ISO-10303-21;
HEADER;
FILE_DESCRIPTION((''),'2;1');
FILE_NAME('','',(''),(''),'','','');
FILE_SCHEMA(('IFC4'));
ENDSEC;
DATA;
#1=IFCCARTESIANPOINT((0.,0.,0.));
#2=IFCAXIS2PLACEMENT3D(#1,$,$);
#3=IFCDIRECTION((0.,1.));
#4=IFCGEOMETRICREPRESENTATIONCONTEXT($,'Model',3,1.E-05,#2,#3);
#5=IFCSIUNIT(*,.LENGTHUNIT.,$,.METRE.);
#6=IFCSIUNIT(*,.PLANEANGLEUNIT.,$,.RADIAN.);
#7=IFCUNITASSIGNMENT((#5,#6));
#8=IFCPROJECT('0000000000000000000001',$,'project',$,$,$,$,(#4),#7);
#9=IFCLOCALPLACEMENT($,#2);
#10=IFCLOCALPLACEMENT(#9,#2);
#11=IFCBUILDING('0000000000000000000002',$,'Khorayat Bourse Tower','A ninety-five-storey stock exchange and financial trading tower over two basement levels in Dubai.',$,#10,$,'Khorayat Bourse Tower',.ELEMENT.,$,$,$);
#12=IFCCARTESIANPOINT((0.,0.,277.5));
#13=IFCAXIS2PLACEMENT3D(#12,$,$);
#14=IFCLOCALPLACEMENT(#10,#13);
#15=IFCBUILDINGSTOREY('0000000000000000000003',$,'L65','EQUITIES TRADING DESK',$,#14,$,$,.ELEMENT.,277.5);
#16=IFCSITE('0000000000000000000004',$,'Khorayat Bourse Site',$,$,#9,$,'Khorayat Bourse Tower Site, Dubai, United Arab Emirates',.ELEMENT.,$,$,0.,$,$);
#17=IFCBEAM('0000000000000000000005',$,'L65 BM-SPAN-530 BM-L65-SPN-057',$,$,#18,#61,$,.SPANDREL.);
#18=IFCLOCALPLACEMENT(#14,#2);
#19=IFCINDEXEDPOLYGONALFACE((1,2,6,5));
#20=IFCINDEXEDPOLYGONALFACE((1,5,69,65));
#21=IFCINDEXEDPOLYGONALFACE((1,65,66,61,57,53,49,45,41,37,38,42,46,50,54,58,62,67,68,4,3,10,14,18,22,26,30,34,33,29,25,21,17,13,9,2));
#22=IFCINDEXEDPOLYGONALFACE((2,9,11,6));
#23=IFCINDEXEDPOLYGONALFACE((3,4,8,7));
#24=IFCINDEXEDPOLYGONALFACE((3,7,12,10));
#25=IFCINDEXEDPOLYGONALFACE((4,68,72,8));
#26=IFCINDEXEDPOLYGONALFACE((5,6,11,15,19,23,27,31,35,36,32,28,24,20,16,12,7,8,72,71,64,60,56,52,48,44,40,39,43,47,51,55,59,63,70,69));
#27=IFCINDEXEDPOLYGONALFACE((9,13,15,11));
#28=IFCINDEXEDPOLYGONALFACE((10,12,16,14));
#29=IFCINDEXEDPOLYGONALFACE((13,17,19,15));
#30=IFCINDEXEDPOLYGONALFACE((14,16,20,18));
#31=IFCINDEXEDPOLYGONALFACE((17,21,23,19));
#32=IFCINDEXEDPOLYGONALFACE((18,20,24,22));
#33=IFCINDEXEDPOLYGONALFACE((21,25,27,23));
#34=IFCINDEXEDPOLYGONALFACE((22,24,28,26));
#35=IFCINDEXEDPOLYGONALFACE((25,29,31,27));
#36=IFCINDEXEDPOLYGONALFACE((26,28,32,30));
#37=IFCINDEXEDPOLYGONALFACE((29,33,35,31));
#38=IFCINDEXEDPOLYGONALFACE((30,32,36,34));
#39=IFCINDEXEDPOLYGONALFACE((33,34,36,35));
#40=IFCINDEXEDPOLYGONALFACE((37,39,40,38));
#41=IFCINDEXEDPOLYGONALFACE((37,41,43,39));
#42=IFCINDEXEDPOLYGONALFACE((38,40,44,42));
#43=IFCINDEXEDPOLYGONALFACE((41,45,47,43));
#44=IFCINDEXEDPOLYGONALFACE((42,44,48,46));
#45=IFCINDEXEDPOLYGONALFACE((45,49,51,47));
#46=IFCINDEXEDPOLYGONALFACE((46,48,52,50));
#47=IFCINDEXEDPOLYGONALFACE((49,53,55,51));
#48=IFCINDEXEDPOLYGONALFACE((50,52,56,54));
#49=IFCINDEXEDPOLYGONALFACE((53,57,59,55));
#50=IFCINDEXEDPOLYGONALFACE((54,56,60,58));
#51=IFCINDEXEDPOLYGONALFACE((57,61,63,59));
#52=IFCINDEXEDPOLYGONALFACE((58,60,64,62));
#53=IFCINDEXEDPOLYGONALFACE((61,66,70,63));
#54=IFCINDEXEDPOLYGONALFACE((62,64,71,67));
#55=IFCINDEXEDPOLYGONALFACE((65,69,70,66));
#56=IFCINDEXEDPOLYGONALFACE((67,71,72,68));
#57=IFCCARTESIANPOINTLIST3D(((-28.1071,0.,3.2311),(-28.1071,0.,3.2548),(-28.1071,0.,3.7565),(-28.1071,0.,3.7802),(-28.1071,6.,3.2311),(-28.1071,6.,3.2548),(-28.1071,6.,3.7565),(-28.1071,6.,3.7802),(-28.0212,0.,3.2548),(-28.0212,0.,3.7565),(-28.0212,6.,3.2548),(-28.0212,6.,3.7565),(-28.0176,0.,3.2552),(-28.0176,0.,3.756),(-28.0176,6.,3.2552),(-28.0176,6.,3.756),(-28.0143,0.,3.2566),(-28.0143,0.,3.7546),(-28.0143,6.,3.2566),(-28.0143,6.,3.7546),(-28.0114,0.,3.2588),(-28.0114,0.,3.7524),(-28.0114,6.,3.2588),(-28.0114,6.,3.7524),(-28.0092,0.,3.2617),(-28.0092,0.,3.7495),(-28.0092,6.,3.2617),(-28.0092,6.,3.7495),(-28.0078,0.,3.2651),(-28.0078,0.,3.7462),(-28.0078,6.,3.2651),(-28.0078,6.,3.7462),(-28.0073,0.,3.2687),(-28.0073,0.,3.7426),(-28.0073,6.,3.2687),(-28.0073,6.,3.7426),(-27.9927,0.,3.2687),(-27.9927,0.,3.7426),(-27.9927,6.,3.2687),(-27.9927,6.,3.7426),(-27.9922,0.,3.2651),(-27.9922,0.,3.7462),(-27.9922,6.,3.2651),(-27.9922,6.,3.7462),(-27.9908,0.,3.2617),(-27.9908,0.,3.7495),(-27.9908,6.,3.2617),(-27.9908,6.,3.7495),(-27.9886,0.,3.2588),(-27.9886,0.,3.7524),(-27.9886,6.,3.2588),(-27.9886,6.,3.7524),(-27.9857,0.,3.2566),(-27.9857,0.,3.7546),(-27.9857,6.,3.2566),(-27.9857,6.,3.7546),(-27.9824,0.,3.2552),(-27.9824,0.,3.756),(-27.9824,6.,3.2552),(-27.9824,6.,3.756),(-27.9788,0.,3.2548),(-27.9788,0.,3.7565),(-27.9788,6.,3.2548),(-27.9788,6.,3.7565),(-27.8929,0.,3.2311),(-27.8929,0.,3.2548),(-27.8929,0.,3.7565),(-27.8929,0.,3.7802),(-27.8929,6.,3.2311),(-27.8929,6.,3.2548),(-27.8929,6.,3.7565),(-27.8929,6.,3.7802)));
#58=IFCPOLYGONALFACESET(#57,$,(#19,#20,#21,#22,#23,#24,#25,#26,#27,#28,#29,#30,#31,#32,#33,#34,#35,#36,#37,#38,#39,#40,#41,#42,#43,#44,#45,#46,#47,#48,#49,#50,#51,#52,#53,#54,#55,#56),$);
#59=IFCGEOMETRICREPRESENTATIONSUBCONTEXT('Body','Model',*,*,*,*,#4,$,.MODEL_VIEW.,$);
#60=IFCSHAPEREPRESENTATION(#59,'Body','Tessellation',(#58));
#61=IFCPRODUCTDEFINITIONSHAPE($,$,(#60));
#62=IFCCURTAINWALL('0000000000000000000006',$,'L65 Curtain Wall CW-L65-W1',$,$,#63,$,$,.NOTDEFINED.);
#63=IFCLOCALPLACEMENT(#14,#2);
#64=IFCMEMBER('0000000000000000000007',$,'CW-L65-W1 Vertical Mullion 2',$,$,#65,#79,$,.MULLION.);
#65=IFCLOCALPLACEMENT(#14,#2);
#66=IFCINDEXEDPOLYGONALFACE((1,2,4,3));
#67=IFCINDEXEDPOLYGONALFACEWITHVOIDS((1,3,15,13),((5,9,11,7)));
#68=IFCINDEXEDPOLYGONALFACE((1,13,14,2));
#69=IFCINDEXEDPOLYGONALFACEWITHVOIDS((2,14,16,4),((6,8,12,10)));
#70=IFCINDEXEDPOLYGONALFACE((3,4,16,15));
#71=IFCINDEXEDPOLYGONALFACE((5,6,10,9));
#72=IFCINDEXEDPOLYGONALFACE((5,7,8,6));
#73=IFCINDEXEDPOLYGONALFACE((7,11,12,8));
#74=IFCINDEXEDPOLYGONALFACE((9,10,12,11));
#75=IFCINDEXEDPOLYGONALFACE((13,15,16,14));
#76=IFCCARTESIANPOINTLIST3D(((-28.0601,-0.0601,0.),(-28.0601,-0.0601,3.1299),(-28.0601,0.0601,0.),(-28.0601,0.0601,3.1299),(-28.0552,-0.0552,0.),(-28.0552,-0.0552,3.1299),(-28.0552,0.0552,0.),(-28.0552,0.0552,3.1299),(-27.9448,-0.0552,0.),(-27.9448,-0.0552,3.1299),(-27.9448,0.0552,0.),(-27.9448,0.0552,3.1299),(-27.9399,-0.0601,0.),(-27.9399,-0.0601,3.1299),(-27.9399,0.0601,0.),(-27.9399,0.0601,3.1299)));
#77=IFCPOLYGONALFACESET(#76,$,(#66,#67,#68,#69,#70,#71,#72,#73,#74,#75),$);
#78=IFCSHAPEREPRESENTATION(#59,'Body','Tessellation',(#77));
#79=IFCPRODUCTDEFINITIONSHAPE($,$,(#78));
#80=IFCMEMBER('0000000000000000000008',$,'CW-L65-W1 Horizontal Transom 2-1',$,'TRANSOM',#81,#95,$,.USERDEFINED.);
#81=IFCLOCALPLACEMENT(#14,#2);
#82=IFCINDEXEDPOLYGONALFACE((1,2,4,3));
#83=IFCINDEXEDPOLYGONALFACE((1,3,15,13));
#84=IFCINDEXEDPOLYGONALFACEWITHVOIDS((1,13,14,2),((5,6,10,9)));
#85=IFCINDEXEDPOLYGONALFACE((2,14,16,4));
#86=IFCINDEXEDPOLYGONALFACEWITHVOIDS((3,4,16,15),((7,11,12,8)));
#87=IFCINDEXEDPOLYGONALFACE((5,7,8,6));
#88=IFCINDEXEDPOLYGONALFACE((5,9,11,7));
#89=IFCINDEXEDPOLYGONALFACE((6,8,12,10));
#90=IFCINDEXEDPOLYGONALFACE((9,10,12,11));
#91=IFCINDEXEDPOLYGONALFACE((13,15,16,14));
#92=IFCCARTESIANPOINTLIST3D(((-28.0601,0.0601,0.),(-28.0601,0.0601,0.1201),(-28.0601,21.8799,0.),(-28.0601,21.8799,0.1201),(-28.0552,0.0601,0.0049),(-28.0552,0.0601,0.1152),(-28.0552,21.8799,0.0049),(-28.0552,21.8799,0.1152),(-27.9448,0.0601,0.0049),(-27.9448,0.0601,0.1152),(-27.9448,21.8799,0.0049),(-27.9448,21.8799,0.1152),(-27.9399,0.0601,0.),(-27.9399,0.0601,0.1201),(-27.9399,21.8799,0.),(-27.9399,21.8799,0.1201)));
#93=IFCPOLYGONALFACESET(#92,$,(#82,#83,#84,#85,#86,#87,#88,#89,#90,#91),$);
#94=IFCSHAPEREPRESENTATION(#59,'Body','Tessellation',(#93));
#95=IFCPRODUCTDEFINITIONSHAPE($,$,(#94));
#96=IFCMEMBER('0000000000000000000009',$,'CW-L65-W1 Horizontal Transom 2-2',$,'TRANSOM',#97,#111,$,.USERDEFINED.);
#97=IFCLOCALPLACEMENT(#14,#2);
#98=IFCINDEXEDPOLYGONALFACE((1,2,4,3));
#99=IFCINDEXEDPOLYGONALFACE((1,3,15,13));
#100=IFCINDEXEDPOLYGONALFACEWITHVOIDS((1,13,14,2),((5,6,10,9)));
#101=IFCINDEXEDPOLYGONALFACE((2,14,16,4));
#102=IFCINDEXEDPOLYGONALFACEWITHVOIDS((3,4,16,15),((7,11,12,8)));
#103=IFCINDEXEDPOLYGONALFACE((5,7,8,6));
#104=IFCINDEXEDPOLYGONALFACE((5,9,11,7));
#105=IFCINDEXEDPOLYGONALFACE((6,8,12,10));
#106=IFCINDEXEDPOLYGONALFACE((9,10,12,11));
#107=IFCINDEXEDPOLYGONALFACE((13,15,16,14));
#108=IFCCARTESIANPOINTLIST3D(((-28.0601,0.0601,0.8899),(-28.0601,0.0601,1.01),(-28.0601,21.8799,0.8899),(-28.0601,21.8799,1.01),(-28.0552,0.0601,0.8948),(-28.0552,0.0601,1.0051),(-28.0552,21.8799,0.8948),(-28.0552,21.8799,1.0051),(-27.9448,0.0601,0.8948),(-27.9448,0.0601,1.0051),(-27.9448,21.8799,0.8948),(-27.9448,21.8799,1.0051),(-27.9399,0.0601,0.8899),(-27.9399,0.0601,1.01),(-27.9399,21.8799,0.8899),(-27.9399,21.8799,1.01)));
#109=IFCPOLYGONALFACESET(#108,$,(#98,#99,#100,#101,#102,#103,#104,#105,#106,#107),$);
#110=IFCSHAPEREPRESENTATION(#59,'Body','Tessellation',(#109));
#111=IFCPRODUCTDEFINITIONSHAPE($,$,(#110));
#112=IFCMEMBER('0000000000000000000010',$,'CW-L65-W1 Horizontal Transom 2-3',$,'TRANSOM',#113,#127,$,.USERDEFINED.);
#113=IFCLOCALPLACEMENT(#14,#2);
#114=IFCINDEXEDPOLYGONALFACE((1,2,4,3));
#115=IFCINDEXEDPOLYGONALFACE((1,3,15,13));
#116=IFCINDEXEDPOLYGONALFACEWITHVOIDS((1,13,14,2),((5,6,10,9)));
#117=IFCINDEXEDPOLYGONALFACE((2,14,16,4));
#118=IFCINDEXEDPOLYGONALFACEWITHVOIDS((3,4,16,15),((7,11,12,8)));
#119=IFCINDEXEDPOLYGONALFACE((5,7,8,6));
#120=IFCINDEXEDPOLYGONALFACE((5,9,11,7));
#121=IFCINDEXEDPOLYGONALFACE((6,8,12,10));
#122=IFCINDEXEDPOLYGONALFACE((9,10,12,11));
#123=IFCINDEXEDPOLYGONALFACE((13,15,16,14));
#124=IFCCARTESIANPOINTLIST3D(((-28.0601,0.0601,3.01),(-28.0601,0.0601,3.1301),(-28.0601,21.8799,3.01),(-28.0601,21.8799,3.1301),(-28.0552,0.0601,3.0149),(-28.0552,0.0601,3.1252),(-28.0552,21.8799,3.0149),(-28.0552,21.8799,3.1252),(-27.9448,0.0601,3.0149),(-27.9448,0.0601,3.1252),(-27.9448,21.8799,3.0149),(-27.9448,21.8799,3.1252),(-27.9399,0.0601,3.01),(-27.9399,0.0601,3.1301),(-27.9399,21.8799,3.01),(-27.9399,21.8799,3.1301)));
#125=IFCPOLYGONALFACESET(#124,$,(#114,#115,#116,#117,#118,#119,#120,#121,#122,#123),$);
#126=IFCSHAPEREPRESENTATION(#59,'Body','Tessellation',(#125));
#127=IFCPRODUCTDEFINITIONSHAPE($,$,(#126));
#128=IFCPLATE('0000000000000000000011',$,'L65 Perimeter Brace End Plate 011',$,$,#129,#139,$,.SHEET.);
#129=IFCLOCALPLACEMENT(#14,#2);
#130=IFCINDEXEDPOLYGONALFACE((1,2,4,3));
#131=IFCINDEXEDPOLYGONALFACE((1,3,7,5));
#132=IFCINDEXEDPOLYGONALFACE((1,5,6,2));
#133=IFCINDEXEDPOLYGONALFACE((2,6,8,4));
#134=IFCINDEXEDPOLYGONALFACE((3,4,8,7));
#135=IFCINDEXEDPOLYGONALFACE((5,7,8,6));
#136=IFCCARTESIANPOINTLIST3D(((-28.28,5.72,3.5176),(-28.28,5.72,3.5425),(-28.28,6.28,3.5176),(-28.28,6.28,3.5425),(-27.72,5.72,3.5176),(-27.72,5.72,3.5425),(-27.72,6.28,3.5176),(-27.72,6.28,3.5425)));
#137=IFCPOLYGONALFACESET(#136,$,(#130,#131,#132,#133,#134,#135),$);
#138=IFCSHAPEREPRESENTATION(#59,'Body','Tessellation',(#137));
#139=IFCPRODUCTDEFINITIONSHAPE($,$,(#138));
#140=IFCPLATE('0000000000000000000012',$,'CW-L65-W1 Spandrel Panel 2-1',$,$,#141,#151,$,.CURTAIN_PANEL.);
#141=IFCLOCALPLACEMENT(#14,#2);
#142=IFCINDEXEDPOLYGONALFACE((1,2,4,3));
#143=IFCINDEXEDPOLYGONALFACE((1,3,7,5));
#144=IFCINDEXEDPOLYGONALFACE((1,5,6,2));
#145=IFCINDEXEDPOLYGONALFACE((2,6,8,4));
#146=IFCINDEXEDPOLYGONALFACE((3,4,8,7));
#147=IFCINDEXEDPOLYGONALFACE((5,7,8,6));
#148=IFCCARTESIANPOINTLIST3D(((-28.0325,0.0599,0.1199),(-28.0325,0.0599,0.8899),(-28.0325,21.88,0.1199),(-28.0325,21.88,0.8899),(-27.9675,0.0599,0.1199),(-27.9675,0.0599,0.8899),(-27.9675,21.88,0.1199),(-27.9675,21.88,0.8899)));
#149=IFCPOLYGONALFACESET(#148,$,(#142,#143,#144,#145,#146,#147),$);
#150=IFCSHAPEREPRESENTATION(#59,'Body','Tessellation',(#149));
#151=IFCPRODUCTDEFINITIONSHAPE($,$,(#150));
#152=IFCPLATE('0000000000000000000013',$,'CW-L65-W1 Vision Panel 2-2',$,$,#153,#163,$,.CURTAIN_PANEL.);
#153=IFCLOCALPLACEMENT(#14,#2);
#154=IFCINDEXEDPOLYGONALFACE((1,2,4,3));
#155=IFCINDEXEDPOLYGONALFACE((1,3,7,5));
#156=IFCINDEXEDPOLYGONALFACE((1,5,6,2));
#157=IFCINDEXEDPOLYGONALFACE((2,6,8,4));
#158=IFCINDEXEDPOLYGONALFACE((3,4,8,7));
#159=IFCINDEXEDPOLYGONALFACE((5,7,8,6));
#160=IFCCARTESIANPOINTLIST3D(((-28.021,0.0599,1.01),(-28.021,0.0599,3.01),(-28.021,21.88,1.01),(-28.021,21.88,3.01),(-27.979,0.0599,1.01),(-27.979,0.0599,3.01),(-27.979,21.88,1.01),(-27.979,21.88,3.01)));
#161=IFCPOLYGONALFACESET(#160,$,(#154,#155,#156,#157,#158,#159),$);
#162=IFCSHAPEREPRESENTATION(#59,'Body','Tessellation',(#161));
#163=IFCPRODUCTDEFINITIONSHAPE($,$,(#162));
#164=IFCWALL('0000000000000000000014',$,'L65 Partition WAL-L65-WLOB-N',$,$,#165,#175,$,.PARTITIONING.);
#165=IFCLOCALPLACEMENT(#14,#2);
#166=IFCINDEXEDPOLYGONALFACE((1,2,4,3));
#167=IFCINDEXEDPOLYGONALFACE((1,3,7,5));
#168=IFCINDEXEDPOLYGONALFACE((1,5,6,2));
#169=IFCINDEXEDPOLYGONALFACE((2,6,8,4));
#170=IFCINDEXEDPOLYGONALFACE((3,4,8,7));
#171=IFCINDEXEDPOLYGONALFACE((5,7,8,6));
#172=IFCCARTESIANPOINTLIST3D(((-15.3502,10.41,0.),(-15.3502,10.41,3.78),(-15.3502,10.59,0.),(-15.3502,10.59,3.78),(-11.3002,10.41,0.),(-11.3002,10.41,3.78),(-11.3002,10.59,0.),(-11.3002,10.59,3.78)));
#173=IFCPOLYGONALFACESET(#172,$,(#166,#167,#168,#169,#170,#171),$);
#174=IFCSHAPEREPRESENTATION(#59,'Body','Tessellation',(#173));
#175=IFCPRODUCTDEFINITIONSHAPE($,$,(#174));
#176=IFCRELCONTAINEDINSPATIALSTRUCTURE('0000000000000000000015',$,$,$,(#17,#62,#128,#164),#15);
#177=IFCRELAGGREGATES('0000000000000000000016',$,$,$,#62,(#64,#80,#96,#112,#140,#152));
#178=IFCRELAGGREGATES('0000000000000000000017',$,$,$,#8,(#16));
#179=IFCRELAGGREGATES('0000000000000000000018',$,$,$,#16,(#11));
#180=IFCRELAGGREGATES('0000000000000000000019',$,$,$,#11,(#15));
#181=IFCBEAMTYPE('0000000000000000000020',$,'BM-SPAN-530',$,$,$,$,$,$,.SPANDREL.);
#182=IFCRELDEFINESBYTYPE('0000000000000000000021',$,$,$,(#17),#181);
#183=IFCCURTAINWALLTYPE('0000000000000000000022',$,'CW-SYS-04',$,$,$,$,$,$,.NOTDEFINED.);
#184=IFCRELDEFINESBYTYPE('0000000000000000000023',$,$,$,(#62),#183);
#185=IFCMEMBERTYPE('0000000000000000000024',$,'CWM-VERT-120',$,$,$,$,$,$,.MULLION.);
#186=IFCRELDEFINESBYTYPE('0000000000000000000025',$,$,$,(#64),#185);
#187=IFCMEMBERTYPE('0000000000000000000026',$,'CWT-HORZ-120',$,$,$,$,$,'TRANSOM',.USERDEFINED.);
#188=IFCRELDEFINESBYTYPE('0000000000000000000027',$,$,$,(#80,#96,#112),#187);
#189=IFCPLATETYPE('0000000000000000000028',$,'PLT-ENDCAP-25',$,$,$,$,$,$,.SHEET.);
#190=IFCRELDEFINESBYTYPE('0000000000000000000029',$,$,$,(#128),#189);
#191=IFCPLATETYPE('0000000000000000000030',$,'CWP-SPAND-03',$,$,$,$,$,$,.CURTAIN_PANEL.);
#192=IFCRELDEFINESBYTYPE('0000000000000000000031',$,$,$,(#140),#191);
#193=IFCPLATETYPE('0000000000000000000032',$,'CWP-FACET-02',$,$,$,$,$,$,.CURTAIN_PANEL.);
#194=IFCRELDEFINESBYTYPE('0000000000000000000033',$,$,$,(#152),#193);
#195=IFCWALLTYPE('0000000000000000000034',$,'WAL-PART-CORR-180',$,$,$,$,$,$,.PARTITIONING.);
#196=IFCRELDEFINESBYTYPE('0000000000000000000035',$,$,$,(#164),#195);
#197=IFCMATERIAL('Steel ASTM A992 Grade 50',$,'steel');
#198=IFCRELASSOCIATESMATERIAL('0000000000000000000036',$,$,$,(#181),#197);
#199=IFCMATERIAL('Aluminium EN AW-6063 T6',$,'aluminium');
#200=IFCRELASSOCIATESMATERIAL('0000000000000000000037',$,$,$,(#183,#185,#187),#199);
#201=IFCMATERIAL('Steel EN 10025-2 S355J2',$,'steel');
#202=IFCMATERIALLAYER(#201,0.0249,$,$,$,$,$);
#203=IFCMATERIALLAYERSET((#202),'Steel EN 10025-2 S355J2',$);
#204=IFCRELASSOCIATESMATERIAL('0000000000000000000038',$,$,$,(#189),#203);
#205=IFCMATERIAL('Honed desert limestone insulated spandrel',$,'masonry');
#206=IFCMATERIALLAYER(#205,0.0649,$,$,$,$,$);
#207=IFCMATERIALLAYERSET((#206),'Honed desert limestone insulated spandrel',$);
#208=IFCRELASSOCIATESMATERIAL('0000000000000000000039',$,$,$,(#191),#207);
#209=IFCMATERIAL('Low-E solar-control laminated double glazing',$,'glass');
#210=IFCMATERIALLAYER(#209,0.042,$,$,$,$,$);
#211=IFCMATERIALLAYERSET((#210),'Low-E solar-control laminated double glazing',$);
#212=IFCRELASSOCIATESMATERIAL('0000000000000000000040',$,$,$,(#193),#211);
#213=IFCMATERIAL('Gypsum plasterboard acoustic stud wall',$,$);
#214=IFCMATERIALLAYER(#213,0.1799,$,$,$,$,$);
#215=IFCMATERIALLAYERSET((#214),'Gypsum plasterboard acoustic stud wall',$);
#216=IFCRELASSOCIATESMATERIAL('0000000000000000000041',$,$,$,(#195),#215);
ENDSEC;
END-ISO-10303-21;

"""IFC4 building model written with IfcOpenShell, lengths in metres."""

from ifc_helpers import new_model, si_unit, direction, frame, frame_2d, origin, origin_2d, place, context, subcontext, project, spatial, rectangle, hollow_rectangle, i_section, extrude, source, transform, mapped, material, layer, layer_set, material_profile, profile_set, type_object, element, aggregate, save


model = new_model("IFC4")

# Units and contexts
model_context = context("Model", 3, precision=1e-05, world=origin(), true_north=direction((0.0, 1.0)))
body_context = subcontext(model_context, "Body", "Model", "MODEL_VIEW")
ifc_project = project(units=[si_unit("LENGTHUNIT", "METRE"), si_unit("PLANEANGLEUNIT", "RADIAN")], contexts=[model_context])

# Site, building, storey
site_placement = place(None, origin())
site = spatial("IfcSite", under=ifc_project, at=site_placement, Name="Khorayat Bourse Site", LongName="Khorayat Bourse Tower Site, Dubai, United Arab Emirates", CompositionType="ELEMENT", RefElevation=0.0)
building_placement = place(site_placement, origin())
building = spatial("IfcBuilding", under=site, at=building_placement, Name="Khorayat Bourse Tower", Description="A ninety-five-storey stock exchange and financial trading tower over two basement levels in Dubai.", LongName="Khorayat Bourse Tower", CompositionType="ELEMENT")
storey_placement = place(building_placement, frame((0.0, 0.0, 277.5)))
storey = spatial("IfcBuildingStorey", under=building, at=storey_placement, Name="L65", Description="EQUITIES TRADING DESK", CompositionType="ELEMENT", Elevation=277.5)

# Beam
ifc_material_1 = material(Name="Steel ASTM A992 Grade 50", Category="steel")
ifc_material_profile_1 = material_profile(ifc_material_1, i_section(OverallWidth=0.2141, OverallDepth=0.5491, WebThickness=0.0146, FlangeThickness=0.0237, FilletRadius=0.0139, at=origin_2d()), Name="W530X138")
ifc_profile_set_1 = profile_set([ifc_material_profile_1], Name="Steel ASTM A992 Grade 50")
beam_type_1 = type_object("IfcBeamType", Name="BM-SPAN-530", PredefinedType="SPANDREL", material=ifc_profile_set_1)
shared_shape_1 = source(origin(), body_context, "Body", "SweptSolid", [
    extrude(i_section(OverallWidth=0.2141, OverallDepth=0.5491, WebThickness=0.0146, FlangeThickness=0.0237, FilletRadius=0.0139, at=origin_2d()), origin(), (0.0, 0.0, 1.0), 6.0),
])
beam_1_placement = place(storey_placement, frame((-28.0, 0.0, 3.5056), z_axis=(0.0, 1.0, 0.0), x_axis=(-1.0, 0.0, 0.0)))
element("IfcBeam", 1, at=beam_1_placement, inside=storey, type_object=beam_type_1, Name="L65 BM-SPAN-530 BM-L65-SPN-057", PredefinedType="SPANDREL", context=body_context, shape_type="MappedRepresentation", body=[
    mapped(shared_shape_1, transform((0.0, 0.0, 0.0), scale=1.0)),
])

# Curtain wall, members
ifc_material_2 = material(Name="Aluminium EN AW-6063 T6", Category="aluminium")
curtain_wall_type = type_object("IfcCurtainWallType", Name="CW-SYS-04", PredefinedType="NOTDEFINED", material=ifc_material_2)
curtain_wall_placement = place(storey_placement, origin())
curtain_wall = element("IfcCurtainWall", 2, at=curtain_wall_placement, inside=storey, type_object=curtain_wall_type, Name="L65 Curtain Wall CW-L65-W1", PredefinedType="NOTDEFINED")
ifc_material_profile_2 = material_profile(ifc_material_2, hollow_rectangle(XDim=0.1201, YDim=0.1201, WallThickness=0.0049, at=origin_2d()), Name="ALU 120x120x5")
ifc_profile_set_2 = profile_set([ifc_material_profile_2], Name="Aluminium EN AW-6063 T6")
member_type_1 = type_object("IfcMemberType", Name="CWM-VERT-120", PredefinedType="MULLION", material=ifc_profile_set_2)
shared_shape_2 = source(origin(), body_context, "Body", "SweptSolid", [
    extrude(hollow_rectangle(XDim=0.1201, YDim=0.1201, WallThickness=0.0049, at=origin_2d()), origin(), (0.0, 0.0, 1.0), 3.1299),
])
member_1_placement = place(storey_placement, frame((-28.0, 0.0, 0.0), z_axis=(0.0, 0.0, 1.0), x_axis=(-1.0, 0.0, 0.0)))
member_1 = element("IfcMember", 3, at=member_1_placement, type_object=member_type_1, Name="CW-L65-W1 Vertical Mullion 2", PredefinedType="MULLION", context=body_context, shape_type="MappedRepresentation", body=[
    mapped(shared_shape_2, transform((0.0, 0.0, 0.0), scale=1.0)),
])
ifc_material_profile_3 = material_profile(ifc_material_2, hollow_rectangle(XDim=0.1201, YDim=0.1201, WallThickness=0.0049, at=origin_2d()), Name="ALU 120x120x5")
ifc_profile_set_3 = profile_set([ifc_material_profile_3], Name="Aluminium EN AW-6063 T6")
member_type_2 = type_object("IfcMemberType", Name="CWT-HORZ-120", ElementType="TRANSOM", PredefinedType="USERDEFINED", material=ifc_profile_set_3)
shared_shape_3 = source(origin(), body_context, "Body", "SweptSolid", [
    extrude(hollow_rectangle(XDim=0.1201, YDim=0.1201, WallThickness=0.0049, at=origin_2d()), origin(), (0.0, 0.0, 1.0), 21.8198),
])
member_2_placement = place(storey_placement, frame((-28.0, 0.0601, 0.0601), z_axis=(0.0, 1.0, 0.0), x_axis=(-1.0, 0.0, 0.0)))
member_2 = element("IfcMember", 4, at=member_2_placement, type_object=member_type_2, Name="CW-L65-W1 Horizontal Transom 2-1", ObjectType="TRANSOM", PredefinedType="USERDEFINED", context=body_context, shape_type="MappedRepresentation", body=[
    mapped(shared_shape_3, transform((0.0, 0.0, 0.0), scale=1.0)),
])
member_3_placement = place(storey_placement, frame((-28.0, 0.0601, 0.95), z_axis=(0.0, 1.0, 0.0), x_axis=(-1.0, 0.0, 0.0)))
member_3 = element("IfcMember", 5, at=member_3_placement, type_object=member_type_2, Name="CW-L65-W1 Horizontal Transom 2-2", ObjectType="TRANSOM", PredefinedType="USERDEFINED", context=body_context, shape_type="MappedRepresentation", body=[
    mapped(shared_shape_3, transform((0.0, 0.0, 0.0), scale=1.0)),
])
member_4_placement = place(storey_placement, frame((-28.0, 0.0601, 3.0701), z_axis=(0.0, 1.0, 0.0), x_axis=(-1.0, 0.0, 0.0)))
member_4 = element("IfcMember", 6, at=member_4_placement, type_object=member_type_2, Name="CW-L65-W1 Horizontal Transom 2-3", ObjectType="TRANSOM", PredefinedType="USERDEFINED", context=body_context, shape_type="MappedRepresentation", body=[
    mapped(shared_shape_3, transform((0.0, 0.0, 0.0), scale=1.0)),
])

# Plates
ifc_material_3 = material(Name="Steel EN 10025-2 S355J2", Category="steel")
ifc_layer_1 = layer(ifc_material_3, 0.0249)
ifc_layer_set_1 = layer_set([ifc_layer_1], Name="Steel EN 10025-2 S355J2")
plate_type_1 = type_object("IfcPlateType", Name="PLT-ENDCAP-25", PredefinedType="SHEET", material=ifc_layer_set_1)
shared_shape_4 = source(origin(), body_context, "Body", "SweptSolid", [
    extrude(rectangle(XDim=0.5601, YDim=0.5601, at=origin_2d()), origin(), (0.0, 0.0, 1.0), 0.0249),
])
plate_1_placement = place(storey_placement, frame((-28.0, 6.0, 3.5176), z_axis=(0.0, 0.0, 1.0), x_axis=(1.0, 0.0, 0.0)))
element("IfcPlate", 7, at=plate_1_placement, inside=storey, type_object=plate_type_1, Name="L65 Perimeter Brace End Plate 011", PredefinedType="SHEET", context=body_context, shape_type="MappedRepresentation", body=[
    mapped(shared_shape_4, transform((0.0, 0.0, 0.0), scale=1.0)),
])
ifc_material_4 = material(Name="Honed desert limestone insulated spandrel", Category="masonry")
ifc_layer_2 = layer(ifc_material_4, 0.0649)
ifc_layer_set_2 = layer_set([ifc_layer_2], Name="Honed desert limestone insulated spandrel")
plate_type_2 = type_object("IfcPlateType", Name="CWP-SPAND-03", PredefinedType="CURTAIN_PANEL", material=ifc_layer_set_2)
shared_shape_5 = source(origin(), body_context, "Body", "SweptSolid", [
    extrude(rectangle(XDim=21.8201, YDim=0.0649, at=origin_2d()), origin(), (0.0, 0.0, 1.0), 0.77),
])
plate_2_placement = place(storey_placement, frame((-28.0, 10.97, 0.1199), z_axis=(0.0, 0.0, 1.0), x_axis=(0.0, 1.0, 0.0)))
plate_2 = element("IfcPlate", 8, at=plate_2_placement, type_object=plate_type_2, Name="CW-L65-W1 Spandrel Panel 2-1", PredefinedType="CURTAIN_PANEL", context=body_context, shape_type="MappedRepresentation", body=[
    mapped(shared_shape_5, transform((0.0, 0.0, 0.0), scale=1.0)),
])
ifc_material_5 = material(Name="Low-E solar-control laminated double glazing", Category="glass")
ifc_layer_3 = layer(ifc_material_5, 0.042)
ifc_layer_set_3 = layer_set([ifc_layer_3], Name="Low-E solar-control laminated double glazing")
plate_type_3 = type_object("IfcPlateType", Name="CWP-FACET-02", PredefinedType="CURTAIN_PANEL", material=ifc_layer_set_3)
shared_shape_6 = source(origin(), body_context, "Body", "SweptSolid", [
    extrude(rectangle(XDim=21.8201, YDim=0.042, at=origin_2d()), origin(), (0.0, 0.0, 1.0), 2.0),
])
plate_3_placement = place(storey_placement, frame((-28.0, 10.97, 1.01), z_axis=(0.0, 0.0, 1.0), x_axis=(0.0, 1.0, 0.0)))
plate_3 = element("IfcPlate", 9, at=plate_3_placement, type_object=plate_type_3, Name="CW-L65-W1 Vision Panel 2-2", PredefinedType="CURTAIN_PANEL", context=body_context, shape_type="MappedRepresentation", body=[
    mapped(shared_shape_6, transform((0.0, 0.0, 0.0), scale=1.0)),
])
aggregate(curtain_wall, [member_1, member_2, member_3, member_4, plate_2, plate_3])

# Wall
ifc_material_6 = material(Name="Gypsum plasterboard acoustic stud wall")
ifc_layer_4 = layer(ifc_material_6, 0.1799)
ifc_layer_set_4 = layer_set([ifc_layer_4], Name="Gypsum plasterboard acoustic stud wall")
wall_type_1 = type_object("IfcWallType", Name="WAL-PART-CORR-180", PredefinedType="PARTITIONING", material=ifc_layer_set_4)
shared_shape_7 = source(origin(), body_context, "Body", "SweptSolid", [
    extrude(rectangle(XDim=4.05, YDim=0.1799, at=frame_2d((2.0249, 0.0))), origin(), (0.0, 0.0, 1.0), 3.78),
])
wall_1_placement = place(storey_placement, frame((-15.3501, 10.5, 0.0), z_axis=(0.0, 0.0, 1.0), x_axis=(1.0, 0.0, 0.0)))
element("IfcWall", 10, at=wall_1_placement, inside=storey, type_object=wall_type_1, Name="L65 Partition WAL-L65-WLOB-N", PredefinedType="PARTITIONING", context=body_context, shape_type="MappedRepresentation", body=[
    mapped(shared_shape_7, transform((0.0, 0.0, 0.0), scale=1.0)),
])

save(model, "model.ifc")
